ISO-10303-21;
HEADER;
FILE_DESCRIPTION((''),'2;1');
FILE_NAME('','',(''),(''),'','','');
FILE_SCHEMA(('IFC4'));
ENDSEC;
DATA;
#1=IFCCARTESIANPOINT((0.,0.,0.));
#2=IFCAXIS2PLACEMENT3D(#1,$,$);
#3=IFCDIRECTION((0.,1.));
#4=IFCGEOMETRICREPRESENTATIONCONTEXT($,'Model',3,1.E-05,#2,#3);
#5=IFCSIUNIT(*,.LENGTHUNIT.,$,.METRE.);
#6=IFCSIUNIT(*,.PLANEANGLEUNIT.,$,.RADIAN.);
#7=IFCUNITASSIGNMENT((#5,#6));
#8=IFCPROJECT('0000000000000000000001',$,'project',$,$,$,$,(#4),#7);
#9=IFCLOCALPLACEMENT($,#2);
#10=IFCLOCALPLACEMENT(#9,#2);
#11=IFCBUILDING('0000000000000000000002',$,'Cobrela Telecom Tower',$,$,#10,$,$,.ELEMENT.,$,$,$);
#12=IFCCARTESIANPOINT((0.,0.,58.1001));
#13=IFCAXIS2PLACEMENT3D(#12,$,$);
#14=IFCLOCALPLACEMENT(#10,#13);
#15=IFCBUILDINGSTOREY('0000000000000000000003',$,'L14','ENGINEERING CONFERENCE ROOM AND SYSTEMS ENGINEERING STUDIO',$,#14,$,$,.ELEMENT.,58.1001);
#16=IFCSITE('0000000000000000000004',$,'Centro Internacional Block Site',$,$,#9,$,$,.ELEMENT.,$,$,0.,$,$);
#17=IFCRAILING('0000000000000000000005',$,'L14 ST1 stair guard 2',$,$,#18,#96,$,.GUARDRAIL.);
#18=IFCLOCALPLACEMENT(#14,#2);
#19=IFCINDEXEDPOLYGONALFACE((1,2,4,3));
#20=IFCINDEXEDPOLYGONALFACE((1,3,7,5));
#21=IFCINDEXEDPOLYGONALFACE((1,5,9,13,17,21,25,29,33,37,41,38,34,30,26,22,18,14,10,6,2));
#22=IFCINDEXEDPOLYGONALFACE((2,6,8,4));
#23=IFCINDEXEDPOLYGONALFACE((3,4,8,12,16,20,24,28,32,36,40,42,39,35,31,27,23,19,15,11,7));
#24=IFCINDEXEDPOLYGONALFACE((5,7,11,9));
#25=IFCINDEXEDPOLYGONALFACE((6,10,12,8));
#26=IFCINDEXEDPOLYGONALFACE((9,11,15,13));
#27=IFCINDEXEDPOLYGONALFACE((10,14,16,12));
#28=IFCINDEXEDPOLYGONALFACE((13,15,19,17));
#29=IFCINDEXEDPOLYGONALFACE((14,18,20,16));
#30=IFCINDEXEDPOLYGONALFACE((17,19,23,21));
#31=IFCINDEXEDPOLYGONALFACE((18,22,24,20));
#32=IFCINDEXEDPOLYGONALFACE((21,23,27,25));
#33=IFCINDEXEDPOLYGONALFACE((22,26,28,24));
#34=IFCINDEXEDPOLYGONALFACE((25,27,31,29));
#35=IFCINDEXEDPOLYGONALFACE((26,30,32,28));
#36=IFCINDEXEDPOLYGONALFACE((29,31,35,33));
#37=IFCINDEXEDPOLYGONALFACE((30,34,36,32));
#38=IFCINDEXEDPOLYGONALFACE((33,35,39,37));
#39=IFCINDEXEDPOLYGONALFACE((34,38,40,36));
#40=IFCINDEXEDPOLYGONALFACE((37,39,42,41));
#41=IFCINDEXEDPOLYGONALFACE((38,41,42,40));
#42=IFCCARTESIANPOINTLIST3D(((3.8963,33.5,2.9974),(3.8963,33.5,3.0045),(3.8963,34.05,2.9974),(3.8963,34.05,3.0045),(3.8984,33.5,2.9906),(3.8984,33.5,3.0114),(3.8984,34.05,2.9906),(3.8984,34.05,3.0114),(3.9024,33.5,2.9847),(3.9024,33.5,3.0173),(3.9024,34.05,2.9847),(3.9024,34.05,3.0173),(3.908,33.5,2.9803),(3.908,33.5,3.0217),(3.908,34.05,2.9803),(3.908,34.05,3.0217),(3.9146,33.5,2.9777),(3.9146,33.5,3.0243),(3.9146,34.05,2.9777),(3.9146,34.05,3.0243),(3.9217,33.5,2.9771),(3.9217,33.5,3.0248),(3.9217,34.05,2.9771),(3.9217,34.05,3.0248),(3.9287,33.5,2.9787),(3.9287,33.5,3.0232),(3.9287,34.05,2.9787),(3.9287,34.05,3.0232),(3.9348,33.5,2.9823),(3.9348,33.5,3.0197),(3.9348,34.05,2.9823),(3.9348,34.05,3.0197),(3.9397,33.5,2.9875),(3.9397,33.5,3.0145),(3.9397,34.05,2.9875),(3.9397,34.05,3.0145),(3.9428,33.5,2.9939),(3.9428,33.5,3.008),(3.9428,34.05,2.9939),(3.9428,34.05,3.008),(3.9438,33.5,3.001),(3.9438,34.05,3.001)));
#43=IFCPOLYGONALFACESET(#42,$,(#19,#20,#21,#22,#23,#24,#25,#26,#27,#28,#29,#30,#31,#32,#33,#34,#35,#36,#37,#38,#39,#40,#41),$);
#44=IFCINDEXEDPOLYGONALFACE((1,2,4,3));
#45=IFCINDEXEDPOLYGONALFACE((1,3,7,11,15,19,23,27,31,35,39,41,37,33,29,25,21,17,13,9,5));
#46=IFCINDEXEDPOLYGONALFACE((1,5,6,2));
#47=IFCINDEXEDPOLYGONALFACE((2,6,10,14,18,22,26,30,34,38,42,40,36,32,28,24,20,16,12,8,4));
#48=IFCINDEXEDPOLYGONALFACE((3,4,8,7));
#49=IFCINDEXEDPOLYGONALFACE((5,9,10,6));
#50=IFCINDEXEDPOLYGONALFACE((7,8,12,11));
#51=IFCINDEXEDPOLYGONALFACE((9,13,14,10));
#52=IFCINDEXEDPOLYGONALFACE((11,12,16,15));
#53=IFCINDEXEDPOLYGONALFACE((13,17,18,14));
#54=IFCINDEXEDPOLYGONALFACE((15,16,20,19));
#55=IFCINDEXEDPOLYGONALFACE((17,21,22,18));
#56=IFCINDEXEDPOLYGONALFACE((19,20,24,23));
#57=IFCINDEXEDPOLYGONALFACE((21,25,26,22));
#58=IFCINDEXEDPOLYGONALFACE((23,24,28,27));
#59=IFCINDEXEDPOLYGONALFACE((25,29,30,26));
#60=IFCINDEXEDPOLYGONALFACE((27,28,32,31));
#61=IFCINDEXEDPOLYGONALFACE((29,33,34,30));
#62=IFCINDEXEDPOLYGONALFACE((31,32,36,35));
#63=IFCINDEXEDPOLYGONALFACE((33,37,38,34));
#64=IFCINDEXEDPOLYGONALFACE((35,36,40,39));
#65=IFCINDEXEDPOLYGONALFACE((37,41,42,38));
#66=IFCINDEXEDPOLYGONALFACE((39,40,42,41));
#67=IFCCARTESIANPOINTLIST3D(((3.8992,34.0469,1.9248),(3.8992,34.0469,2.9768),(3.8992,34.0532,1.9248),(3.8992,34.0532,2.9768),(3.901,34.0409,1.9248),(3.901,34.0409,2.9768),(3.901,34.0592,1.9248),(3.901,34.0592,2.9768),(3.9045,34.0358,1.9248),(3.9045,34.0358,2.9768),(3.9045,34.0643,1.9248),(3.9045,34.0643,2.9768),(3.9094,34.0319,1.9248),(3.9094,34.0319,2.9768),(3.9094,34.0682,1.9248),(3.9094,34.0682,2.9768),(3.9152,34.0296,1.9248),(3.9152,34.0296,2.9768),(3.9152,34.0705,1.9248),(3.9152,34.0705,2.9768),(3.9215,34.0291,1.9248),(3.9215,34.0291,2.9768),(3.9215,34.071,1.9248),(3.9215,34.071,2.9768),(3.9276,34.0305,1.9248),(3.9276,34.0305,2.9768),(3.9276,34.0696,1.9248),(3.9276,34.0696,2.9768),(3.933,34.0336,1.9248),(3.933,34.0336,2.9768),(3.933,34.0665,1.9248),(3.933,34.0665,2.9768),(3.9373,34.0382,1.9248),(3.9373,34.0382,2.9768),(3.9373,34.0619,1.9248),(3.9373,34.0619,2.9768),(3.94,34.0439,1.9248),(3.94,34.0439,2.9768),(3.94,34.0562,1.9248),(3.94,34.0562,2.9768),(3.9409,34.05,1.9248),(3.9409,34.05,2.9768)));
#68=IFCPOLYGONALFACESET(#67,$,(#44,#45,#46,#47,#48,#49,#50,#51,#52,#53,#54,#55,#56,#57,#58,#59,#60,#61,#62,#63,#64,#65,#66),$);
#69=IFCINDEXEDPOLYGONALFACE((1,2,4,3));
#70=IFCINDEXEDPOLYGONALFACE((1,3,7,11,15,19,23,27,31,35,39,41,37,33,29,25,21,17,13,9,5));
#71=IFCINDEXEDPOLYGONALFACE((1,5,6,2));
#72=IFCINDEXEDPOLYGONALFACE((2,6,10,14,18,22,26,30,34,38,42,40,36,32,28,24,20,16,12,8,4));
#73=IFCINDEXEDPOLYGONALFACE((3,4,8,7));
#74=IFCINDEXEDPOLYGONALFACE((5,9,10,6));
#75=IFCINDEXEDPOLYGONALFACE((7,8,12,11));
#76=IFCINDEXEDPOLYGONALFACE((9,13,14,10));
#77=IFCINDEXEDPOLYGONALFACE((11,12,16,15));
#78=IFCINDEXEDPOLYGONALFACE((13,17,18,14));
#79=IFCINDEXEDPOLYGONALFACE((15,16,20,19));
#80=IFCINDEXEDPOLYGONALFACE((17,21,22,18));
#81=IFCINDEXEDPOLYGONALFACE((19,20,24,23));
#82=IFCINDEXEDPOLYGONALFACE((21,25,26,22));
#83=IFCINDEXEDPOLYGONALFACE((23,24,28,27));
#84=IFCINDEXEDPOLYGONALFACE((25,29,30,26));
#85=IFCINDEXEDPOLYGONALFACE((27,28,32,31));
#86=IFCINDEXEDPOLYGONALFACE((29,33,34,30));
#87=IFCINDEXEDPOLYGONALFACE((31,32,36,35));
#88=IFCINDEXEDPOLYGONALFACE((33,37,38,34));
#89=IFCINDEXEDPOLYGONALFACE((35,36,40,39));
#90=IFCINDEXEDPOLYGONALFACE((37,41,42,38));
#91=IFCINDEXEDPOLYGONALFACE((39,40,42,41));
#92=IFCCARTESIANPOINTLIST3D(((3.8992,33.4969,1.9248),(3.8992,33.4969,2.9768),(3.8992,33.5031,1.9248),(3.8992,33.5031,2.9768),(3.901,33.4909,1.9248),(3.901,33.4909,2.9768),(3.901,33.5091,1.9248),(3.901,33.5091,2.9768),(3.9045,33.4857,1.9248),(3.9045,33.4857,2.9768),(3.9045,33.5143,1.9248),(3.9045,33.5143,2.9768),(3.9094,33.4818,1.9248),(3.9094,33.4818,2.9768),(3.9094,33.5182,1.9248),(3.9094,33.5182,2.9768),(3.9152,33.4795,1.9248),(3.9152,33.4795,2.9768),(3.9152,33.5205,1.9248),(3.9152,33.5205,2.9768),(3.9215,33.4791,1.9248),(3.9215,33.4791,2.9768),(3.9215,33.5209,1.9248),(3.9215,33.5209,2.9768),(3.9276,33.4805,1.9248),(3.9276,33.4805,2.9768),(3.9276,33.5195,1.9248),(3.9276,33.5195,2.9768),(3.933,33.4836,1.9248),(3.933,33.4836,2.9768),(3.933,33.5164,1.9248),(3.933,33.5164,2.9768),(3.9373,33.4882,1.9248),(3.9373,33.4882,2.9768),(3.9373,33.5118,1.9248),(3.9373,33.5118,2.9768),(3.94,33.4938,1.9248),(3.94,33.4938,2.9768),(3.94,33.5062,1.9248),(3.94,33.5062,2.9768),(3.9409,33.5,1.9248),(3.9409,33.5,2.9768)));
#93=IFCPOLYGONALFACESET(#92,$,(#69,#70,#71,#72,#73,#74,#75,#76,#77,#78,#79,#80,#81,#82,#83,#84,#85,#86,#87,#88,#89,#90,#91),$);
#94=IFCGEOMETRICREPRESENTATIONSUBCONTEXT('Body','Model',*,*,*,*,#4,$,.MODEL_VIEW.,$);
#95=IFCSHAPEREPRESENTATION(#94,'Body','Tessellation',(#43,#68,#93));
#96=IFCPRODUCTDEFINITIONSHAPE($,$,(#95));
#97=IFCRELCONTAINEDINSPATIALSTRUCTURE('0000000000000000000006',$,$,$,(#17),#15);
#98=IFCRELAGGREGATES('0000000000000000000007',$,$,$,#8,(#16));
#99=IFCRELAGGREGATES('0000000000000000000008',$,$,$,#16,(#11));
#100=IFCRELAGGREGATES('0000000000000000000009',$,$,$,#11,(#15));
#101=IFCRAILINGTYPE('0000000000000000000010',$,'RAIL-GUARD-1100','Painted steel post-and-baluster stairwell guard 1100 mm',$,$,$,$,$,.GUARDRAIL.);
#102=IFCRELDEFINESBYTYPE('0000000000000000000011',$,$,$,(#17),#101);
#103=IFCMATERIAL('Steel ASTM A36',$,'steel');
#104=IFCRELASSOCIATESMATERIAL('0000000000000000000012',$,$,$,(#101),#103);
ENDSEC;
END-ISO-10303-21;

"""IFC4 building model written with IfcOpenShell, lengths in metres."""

from ifc_helpers import new_model, si_unit, direction, frame, origin, origin_2d, place, context, subcontext, project, spatial, circle, extrude, material, type_object, element, save


model = new_model("IFC4")

# Units and contexts
model_context = context("Model", 3, precision=1e-05, world=origin(), true_north=direction((0.0, 1.0)))
body_context = subcontext(model_context, "Body", "Model", "MODEL_VIEW")
ifc_project = project(units=[si_unit("LENGTHUNIT", "METRE"), si_unit("PLANEANGLEUNIT", "RADIAN")], contexts=[model_context])

# Site, building, storey
site_placement = place(None, origin())
site = spatial("IfcSite", under=ifc_project, at=site_placement, Name="Centro Internacional Block Site", CompositionType="ELEMENT", RefElevation=0.0)
building_placement = place(site_placement, origin())
building = spatial("IfcBuilding", under=site, at=building_placement, Name="Cobrela Telecom Tower", CompositionType="ELEMENT")
storey_placement = place(building_placement, frame((0.0, 0.0, 58.1001)))
storey = spatial("IfcBuildingStorey", under=building, at=storey_placement, Name="L14", Description="ENGINEERING CONFERENCE ROOM AND SYSTEMS ENGINEERING STUDIO", CompositionType="ELEMENT", Elevation=58.1001)

# Shared definitions
ifc_material_1 = material(Name="Steel ASTM A36", Category="steel")

# Railing
railing_type_1 = type_object("IfcRailingType", Name="RAIL-GUARD-1100", Description="Painted steel post-and-baluster stairwell guard 1100 mm", PredefinedType="GUARDRAIL", material=ifc_material_1)
railing_1_placement = place(storey_placement, frame((3.9199, 34.05, 1.9248)))
element("IfcRailing", 1, at=railing_1_placement, inside=storey, type_object=railing_type_1, Name="L14 ST1 stair guard 2", PredefinedType="GUARDRAIL", context=body_context, shape_type="SweptSolid", body=[
    extrude(circle(Radius=0.0239, at=origin_2d()), frame((0.0, 0.0, 1.0762), z_axis=(0.0, -1.0, 0.0), x_axis=(1.0, 0.0, 0.0)), (0.0, 0.0, 1.0), 0.55),
    extrude(circle(Radius=0.021, at=origin_2d()), origin(), (0.0, 0.0, 1.0), 1.052),
    extrude(circle(Radius=0.021, at=origin_2d()), frame((0.0, -0.55, 0.0)), (0.0, 0.0, 1.0), 1.052),
])

save(model, "model.ifc")
